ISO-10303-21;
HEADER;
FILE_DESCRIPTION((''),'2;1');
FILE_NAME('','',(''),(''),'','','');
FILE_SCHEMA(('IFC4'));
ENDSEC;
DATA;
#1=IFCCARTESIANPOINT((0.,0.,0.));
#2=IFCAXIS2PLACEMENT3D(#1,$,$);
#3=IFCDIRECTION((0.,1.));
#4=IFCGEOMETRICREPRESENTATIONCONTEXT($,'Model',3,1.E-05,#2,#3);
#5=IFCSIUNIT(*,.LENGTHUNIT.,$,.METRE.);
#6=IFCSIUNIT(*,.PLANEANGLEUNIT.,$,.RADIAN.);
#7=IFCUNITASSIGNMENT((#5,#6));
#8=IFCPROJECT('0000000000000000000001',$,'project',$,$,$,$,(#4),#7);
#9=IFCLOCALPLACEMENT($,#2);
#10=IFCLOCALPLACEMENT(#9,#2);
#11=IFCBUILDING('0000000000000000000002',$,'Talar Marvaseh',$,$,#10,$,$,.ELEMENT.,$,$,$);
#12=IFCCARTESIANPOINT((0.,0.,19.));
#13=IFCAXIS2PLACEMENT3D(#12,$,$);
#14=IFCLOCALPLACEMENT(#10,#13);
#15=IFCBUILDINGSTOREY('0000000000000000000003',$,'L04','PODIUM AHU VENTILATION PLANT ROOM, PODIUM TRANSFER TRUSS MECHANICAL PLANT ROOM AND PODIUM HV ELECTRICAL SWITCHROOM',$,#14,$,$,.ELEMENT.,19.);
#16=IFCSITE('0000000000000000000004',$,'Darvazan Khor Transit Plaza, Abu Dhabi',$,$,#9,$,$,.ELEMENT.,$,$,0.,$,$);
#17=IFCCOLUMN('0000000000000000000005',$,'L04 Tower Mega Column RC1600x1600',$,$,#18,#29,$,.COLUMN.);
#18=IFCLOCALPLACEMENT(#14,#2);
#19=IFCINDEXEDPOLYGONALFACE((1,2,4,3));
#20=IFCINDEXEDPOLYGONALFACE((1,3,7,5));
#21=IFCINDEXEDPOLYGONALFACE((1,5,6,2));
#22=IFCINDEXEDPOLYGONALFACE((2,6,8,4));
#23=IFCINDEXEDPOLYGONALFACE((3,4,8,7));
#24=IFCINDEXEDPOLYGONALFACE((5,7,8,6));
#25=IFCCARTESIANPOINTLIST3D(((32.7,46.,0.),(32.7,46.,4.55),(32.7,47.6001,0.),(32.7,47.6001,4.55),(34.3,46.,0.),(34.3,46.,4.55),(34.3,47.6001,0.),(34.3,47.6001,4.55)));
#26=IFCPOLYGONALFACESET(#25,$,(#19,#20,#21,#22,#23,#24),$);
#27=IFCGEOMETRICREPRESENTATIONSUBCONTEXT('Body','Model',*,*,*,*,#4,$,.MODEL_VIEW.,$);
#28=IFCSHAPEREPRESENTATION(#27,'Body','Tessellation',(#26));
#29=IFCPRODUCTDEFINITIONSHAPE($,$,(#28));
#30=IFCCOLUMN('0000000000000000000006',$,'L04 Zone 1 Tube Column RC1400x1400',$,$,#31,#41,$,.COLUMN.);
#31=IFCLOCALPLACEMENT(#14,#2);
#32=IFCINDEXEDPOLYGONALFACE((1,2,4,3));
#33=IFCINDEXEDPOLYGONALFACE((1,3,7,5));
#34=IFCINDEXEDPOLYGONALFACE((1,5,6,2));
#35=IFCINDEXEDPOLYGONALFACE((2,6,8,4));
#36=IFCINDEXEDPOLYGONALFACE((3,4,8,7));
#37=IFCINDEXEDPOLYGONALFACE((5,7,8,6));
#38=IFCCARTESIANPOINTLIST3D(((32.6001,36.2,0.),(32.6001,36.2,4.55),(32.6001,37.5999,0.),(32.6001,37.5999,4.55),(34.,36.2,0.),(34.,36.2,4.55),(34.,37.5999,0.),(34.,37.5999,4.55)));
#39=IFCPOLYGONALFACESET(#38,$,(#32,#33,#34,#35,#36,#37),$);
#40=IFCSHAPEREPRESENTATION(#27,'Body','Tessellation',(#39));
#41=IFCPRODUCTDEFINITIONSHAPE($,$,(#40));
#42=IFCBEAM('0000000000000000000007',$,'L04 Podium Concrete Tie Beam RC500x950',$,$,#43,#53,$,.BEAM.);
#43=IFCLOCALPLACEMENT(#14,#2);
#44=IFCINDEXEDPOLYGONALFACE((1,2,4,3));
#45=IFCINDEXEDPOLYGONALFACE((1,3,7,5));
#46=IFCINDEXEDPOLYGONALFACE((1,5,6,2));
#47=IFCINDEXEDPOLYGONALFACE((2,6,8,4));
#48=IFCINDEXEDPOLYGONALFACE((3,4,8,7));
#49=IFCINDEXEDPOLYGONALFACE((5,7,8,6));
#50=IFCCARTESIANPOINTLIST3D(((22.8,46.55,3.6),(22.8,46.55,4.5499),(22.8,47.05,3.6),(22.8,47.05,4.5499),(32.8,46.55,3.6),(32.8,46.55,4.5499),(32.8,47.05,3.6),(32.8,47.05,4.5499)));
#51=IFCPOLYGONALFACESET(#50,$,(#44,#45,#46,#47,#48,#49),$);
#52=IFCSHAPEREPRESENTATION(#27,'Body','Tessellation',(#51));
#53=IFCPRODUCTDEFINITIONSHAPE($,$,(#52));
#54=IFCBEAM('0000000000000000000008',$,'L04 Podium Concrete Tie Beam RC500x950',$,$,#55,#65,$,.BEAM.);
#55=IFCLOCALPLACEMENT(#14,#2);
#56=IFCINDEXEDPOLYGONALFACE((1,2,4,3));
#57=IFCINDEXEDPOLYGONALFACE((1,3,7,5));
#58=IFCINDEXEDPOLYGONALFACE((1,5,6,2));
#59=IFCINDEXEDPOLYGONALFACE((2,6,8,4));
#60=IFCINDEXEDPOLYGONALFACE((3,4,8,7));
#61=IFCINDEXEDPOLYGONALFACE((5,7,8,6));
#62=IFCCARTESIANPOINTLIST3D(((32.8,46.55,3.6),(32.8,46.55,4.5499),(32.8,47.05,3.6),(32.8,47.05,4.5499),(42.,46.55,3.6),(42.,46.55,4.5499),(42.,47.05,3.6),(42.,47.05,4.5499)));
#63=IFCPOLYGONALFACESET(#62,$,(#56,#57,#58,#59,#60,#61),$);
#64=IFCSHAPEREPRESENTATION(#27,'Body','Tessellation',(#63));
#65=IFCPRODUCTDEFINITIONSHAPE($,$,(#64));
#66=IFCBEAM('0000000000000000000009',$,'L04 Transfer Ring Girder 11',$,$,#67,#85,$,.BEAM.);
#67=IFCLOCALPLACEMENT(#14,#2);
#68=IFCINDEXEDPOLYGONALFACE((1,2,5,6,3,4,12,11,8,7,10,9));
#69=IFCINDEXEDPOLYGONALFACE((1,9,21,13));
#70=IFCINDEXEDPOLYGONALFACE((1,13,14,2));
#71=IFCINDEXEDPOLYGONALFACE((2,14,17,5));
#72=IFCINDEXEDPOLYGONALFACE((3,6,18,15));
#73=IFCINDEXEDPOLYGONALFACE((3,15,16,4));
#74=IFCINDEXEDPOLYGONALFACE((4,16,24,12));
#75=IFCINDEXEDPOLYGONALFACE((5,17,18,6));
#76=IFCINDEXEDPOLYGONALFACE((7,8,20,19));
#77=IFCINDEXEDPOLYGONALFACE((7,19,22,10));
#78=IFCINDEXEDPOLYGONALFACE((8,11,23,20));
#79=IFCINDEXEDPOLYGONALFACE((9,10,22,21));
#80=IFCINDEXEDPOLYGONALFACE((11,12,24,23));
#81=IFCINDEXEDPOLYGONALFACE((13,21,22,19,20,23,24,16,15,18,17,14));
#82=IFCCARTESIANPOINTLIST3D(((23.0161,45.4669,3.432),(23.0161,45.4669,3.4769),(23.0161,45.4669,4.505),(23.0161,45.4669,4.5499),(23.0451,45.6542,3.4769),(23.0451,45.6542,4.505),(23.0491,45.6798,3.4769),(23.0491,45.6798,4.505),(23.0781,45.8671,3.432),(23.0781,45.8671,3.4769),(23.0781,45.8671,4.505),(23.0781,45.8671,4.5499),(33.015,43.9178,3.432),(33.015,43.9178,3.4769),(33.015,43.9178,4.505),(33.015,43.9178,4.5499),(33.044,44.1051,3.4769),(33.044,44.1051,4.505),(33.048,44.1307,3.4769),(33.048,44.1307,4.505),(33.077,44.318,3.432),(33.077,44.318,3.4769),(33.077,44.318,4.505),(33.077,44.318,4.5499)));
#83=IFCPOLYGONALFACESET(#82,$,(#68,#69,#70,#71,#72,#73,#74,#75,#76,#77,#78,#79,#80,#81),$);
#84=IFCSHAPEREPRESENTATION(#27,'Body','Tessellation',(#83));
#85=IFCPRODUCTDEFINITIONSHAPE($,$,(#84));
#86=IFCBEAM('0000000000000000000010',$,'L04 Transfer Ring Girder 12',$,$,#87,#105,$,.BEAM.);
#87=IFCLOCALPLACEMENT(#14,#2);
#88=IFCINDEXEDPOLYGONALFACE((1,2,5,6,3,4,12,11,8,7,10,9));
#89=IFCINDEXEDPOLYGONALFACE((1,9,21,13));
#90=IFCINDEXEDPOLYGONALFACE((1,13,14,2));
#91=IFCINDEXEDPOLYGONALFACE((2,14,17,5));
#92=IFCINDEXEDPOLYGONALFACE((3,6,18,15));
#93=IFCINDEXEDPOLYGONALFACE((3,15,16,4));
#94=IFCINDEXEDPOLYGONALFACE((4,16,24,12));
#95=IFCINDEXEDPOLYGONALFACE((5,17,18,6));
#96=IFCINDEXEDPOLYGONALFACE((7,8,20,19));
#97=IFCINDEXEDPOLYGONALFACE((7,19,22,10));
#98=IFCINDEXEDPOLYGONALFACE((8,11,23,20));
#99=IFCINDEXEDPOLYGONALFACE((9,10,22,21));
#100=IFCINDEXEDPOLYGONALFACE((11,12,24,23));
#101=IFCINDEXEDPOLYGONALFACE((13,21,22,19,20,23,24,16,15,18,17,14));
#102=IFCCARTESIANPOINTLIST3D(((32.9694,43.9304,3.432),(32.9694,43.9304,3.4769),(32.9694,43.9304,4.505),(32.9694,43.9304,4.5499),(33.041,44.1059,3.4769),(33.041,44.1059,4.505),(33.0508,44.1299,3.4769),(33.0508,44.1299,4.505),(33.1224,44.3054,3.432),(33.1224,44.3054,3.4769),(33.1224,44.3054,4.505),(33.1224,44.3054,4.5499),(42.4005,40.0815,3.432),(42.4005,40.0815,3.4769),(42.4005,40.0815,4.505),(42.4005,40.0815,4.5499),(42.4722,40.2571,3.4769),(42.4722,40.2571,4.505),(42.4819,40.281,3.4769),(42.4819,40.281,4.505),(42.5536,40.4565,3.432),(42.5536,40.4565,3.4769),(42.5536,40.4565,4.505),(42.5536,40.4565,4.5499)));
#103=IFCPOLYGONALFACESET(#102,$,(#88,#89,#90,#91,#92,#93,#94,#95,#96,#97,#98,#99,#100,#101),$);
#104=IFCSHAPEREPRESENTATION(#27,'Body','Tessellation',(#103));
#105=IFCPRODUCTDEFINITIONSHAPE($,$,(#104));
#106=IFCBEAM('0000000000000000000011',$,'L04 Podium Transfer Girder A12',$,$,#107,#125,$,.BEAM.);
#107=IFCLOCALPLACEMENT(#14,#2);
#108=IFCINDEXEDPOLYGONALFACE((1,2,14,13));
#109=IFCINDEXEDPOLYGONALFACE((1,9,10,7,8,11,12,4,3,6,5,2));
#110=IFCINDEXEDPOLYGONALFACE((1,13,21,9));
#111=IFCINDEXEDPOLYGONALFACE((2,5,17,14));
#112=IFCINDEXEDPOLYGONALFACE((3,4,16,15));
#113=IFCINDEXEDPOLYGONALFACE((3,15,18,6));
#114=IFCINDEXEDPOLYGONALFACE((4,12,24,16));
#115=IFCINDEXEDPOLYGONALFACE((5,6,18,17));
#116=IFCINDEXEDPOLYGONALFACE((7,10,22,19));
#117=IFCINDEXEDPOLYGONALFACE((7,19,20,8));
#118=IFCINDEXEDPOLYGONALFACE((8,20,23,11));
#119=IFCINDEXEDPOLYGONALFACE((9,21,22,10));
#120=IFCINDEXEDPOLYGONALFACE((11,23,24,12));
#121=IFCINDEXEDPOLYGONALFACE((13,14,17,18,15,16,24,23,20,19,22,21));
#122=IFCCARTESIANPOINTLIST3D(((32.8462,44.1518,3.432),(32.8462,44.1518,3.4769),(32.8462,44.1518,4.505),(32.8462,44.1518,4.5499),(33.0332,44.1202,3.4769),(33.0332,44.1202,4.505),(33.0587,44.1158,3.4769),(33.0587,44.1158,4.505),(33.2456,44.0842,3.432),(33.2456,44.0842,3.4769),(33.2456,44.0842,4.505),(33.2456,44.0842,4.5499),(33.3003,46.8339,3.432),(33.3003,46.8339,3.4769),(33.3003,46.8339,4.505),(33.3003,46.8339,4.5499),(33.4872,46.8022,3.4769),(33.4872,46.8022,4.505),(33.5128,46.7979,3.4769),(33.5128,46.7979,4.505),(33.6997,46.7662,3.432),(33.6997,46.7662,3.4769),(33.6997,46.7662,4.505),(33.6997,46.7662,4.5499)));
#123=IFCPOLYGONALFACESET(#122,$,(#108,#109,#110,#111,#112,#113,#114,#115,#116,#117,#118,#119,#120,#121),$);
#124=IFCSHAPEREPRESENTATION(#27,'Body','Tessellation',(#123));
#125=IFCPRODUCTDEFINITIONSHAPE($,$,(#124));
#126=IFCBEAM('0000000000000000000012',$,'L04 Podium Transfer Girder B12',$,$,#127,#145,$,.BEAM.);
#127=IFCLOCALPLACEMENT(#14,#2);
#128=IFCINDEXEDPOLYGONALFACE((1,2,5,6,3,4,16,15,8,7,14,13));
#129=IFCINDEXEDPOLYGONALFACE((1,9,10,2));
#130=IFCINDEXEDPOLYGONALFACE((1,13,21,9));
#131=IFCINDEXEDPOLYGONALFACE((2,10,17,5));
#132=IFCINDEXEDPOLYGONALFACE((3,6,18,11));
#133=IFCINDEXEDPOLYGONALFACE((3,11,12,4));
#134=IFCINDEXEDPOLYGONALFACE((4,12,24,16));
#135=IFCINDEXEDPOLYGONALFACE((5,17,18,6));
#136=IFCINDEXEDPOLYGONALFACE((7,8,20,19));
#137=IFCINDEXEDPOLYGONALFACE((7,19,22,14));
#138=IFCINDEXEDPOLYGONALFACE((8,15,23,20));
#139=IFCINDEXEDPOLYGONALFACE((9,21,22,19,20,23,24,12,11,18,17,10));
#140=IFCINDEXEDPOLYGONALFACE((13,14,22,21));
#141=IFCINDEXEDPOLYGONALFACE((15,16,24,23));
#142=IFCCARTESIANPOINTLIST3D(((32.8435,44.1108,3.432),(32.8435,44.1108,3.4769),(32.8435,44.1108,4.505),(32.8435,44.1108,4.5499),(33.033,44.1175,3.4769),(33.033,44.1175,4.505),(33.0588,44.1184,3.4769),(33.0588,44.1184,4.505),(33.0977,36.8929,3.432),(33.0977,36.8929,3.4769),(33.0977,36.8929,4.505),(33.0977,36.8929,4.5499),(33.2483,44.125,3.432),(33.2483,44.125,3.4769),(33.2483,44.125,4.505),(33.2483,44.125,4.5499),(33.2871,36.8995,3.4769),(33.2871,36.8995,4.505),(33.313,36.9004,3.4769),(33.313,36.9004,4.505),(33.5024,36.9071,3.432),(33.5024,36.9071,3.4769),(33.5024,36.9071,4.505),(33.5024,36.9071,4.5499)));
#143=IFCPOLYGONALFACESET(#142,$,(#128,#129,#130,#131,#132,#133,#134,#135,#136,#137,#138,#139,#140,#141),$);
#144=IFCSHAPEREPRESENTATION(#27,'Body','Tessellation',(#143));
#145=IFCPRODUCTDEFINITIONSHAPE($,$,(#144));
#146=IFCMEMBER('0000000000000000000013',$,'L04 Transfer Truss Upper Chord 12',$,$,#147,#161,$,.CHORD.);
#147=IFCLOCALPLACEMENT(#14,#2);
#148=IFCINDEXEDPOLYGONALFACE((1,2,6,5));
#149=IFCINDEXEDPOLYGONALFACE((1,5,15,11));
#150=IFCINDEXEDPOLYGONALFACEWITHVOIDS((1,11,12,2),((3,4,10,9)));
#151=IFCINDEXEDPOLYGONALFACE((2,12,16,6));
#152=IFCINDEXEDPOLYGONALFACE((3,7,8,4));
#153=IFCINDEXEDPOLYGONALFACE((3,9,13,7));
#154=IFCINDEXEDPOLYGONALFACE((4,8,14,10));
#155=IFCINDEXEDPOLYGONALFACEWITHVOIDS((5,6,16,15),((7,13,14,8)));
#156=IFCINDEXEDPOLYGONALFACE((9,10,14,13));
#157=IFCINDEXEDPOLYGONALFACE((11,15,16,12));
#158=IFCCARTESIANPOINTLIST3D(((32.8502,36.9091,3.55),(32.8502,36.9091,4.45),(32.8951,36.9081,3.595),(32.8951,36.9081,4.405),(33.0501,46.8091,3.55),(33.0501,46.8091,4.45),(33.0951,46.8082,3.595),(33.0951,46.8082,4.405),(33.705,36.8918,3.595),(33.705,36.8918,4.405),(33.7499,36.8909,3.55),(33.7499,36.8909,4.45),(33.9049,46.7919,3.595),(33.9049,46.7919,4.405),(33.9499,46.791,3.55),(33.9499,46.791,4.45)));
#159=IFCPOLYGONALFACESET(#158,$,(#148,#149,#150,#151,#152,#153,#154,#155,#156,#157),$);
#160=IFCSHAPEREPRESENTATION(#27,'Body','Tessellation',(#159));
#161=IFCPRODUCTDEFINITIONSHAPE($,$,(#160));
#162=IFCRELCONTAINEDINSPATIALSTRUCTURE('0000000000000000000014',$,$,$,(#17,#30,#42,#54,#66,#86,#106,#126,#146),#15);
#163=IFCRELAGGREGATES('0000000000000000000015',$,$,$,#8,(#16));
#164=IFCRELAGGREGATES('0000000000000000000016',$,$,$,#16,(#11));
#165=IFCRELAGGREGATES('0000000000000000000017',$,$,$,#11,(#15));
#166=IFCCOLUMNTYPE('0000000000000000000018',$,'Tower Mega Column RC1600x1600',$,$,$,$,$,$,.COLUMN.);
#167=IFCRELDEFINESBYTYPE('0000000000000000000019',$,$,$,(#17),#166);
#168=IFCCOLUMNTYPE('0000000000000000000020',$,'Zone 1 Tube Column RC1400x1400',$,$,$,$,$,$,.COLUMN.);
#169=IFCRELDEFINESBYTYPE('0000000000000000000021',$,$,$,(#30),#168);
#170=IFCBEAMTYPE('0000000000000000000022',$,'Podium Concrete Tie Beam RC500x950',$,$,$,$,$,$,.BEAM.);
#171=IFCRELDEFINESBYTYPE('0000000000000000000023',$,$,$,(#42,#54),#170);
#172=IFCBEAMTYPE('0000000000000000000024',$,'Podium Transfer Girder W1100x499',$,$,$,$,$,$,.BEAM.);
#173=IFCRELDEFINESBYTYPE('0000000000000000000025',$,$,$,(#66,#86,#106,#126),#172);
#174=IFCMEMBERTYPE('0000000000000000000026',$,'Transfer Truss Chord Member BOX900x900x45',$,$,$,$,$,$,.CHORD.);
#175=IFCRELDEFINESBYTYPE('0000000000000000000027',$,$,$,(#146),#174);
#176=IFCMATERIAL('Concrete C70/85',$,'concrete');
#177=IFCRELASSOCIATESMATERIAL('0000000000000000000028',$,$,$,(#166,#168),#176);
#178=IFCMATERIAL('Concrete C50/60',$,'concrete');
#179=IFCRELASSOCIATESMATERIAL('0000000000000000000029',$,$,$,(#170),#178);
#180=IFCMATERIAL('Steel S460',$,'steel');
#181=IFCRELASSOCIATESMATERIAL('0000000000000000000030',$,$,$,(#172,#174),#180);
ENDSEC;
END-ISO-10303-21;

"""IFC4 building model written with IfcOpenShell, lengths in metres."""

from ifc_helpers import new_model, si_unit, direction, frame, origin, origin_2d, place, context, subcontext, project, spatial, rectangle, hollow_rectangle, i_section, extrude, source, transform, mapped, material, material_profile, profile_set, type_object, type_shapes, element, save


model = new_model("IFC4")

# Units and contexts
model_context = context("Model", 3, precision=1e-05, world=origin(), true_north=direction((0.0, 1.0)))
body_context = subcontext(model_context, "Body", "Model", "MODEL_VIEW")
ifc_project = project(units=[si_unit("LENGTHUNIT", "METRE"), si_unit("PLANEANGLEUNIT", "RADIAN")], contexts=[model_context])

# Site, building, storey
site_placement = place(None, origin())
site = spatial("IfcSite", under=ifc_project, at=site_placement, Name="Darvazan Khor Transit Plaza, Abu Dhabi", CompositionType="ELEMENT", RefElevation=0.0)
building_placement = place(site_placement, origin())
building = spatial("IfcBuilding", under=site, at=building_placement, Name="Talar Marvaseh", CompositionType="ELEMENT")
storey_placement = place(building_placement, frame((0.0, 0.0, 19.0)))
storey = spatial("IfcBuildingStorey", under=building, at=storey_placement, Name="L04", Description="PODIUM AHU VENTILATION PLANT ROOM, PODIUM TRANSFER TRUSS MECHANICAL PLANT ROOM AND PODIUM HV ELECTRICAL SWITCHROOM", CompositionType="ELEMENT", Elevation=19.0)

# Columns
ifc_material_1 = material(Name="Concrete C70/85", Category="concrete")
ifc_material_profile_1 = material_profile(ifc_material_1, rectangle(XDim=1.6001, YDim=1.6001, at=origin_2d()), Name="RC1600x1600")
ifc_profile_set_1 = profile_set([ifc_material_profile_1], Name="Concrete C70/85")
column_type_1 = type_object("IfcColumnType", Name="Tower Mega Column RC1600x1600", PredefinedType="COLUMN", material=ifc_profile_set_1)
column_1_placement = place(storey_placement, frame((33.5, 46.8, 0.0), z_axis=(0.0, 0.0, 1.0), x_axis=(1.0, 0.0, 0.0)))
element("IfcColumn", 1, at=column_1_placement, inside=storey, type_object=column_type_1, Name="L04 Tower Mega Column RC1600x1600", PredefinedType="COLUMN", context=body_context, shape_type="SweptSolid", body=[
    extrude(rectangle(XDim=1.6001, YDim=1.6001, at=origin_2d()), origin(), (0.0, 0.0, 1.0), 4.55),
])
ifc_material_profile_2 = material_profile(ifc_material_1, rectangle(XDim=1.3999, YDim=1.3999, at=origin_2d()), Name="RC1400x1400")
ifc_profile_set_2 = profile_set([ifc_material_profile_2], Name="Concrete C70/85")
column_type_2 = type_object("IfcColumnType", Name="Zone 1 Tube Column RC1400x1400", PredefinedType="COLUMN", material=ifc_profile_set_2)
column_2_placement = place(storey_placement, frame((33.3, 36.8999, 0.0), z_axis=(0.0, 0.0, 1.0), x_axis=(1.0, 0.0, 0.0)))
element("IfcColumn", 2, at=column_2_placement, inside=storey, type_object=column_type_2, Name="L04 Zone 1 Tube Column RC1400x1400", PredefinedType="COLUMN", context=body_context, shape_type="SweptSolid", body=[
    extrude(rectangle(XDim=1.3999, YDim=1.3999, at=origin_2d()), origin(), (0.0, 0.0, 1.0), 4.55),
])

# Beams
ifc_material_2 = material(Name="Concrete C50/60", Category="concrete")
ifc_material_profile_3 = material_profile(ifc_material_2, rectangle(XDim=0.5, YDim=0.95, at=origin_2d()), Name="RC500x950")
ifc_profile_set_3 = profile_set([ifc_material_profile_3], Name="Concrete C50/60")
beam_type_1 = type_object("IfcBeamType", Name="Podium Concrete Tie Beam RC500x950", PredefinedType="BEAM", material=ifc_profile_set_3)
beam_1_placement = place(storey_placement, frame((22.8, 46.8, 4.075), z_axis=(1.0, 0.0, 0.0), x_axis=(0.0, 1.0, 0.0)))
element("IfcBeam", 3, at=beam_1_placement, inside=storey, type_object=beam_type_1, Name="L04 Podium Concrete Tie Beam RC500x950", PredefinedType="BEAM", context=body_context, shape_type="SweptSolid", body=[
    extrude(rectangle(XDim=0.5, YDim=0.95, at=origin_2d()), origin(), (0.0, 0.0, 1.0), 10.0),
])
beam_2_placement = place(storey_placement, frame((32.8, 46.8, 4.075), z_axis=(1.0, 0.0, 0.0), x_axis=(0.0, 1.0, 0.0)))
element("IfcBeam", 4, at=beam_2_placement, inside=storey, type_object=beam_type_1, Name="L04 Podium Concrete Tie Beam RC500x950", PredefinedType="BEAM", context=body_context, shape_type="SweptSolid", body=[
    extrude(rectangle(XDim=0.5, YDim=0.95, at=origin_2d()), origin(), (0.0, 0.0, 1.0), 9.2),
])
ifc_material_3 = material(Name="Steel S460", Category="steel")
ifc_material_profile_4 = material_profile(ifc_material_3, i_section(OverallWidth=0.405, OverallDepth=1.1179, WebThickness=0.0259, FlangeThickness=0.0449, at=origin_2d()), Name="W1100x499")
ifc_profile_set_4 = profile_set([ifc_material_profile_4], Name="Steel S460")
beam_type_2 = type_object("IfcBeamType", Name="Podium Transfer Girder W1100x499", PredefinedType="BEAM", material=ifc_profile_set_4)
beam_3_placement = place(storey_placement, frame((23.0471, 45.667, 3.991), z_axis=(0.988211, -0.1531, 0.0), x_axis=(0.1531, 0.988211, 0.0)))
element("IfcBeam", 5, at=beam_3_placement, inside=storey, type_object=beam_type_2, Name="L04 Transfer Ring Girder 11", PredefinedType="BEAM", context=body_context, shape_type="SweptSolid", body=[
    extrude(i_section(OverallWidth=0.405, OverallDepth=1.1179, WebThickness=0.0259, FlangeThickness=0.0449, at=origin_2d()), origin(), (0.0, 0.0, 1.0), 10.1182),
])
beam_4_placement = place(storey_placement, frame((33.0459, 44.1179, 3.991), z_axis=(0.925867, -0.377849, 0.0), x_axis=(0.377849, 0.925867, 0.0)))
element("IfcBeam", 6, at=beam_4_placement, inside=storey, type_object=beam_type_2, Name="L04 Transfer Ring Girder 12", PredefinedType="BEAM", context=body_context, shape_type="SweptSolid", body=[
    extrude(i_section(OverallWidth=0.405, OverallDepth=1.1179, WebThickness=0.0259, FlangeThickness=0.0449, at=origin_2d()), origin(), (0.0, 0.0, 1.0), 10.1863),
])
beam_5_placement = place(storey_placement, frame((33.5, 46.8, 3.991), z_axis=(-0.166931, -0.985969, 0.0), x_axis=(0.985969, -0.166931, 0.0)))
element("IfcBeam", 7, at=beam_5_placement, inside=storey, type_object=beam_type_2, Name="L04 Podium Transfer Girder A12", PredefinedType="BEAM", context=body_context, shape_type="SweptSolid", body=[
    extrude(i_section(OverallWidth=0.405, OverallDepth=1.1179, WebThickness=0.0259, FlangeThickness=0.0449, at=origin_2d()), origin(), (0.0, 0.0, 1.0), 2.7202),
])
beam_6_placement = place(storey_placement, frame((33.0459, 44.1179, 3.991), z_axis=(0.035189, -0.999381, 0.0), x_axis=(0.999381, 0.035189, 0.0)))
element("IfcBeam", 8, at=beam_6_placement, inside=storey, type_object=beam_type_2, Name="L04 Podium Transfer Girder B12", PredefinedType="BEAM", context=body_context, shape_type="SweptSolid", body=[
    extrude(i_section(OverallWidth=0.405, OverallDepth=1.1179, WebThickness=0.0259, FlangeThickness=0.0449, at=origin_2d()), origin(), (0.0, 0.0, 1.0), 7.2224),
])

# Member
ifc_material_profile_5 = material_profile(ifc_material_3, hollow_rectangle(XDim=0.8999, YDim=0.8999, WallThickness=0.0449, at=origin_2d()), Name="BOX900x900x45")
ifc_profile_set_5 = profile_set([ifc_material_profile_5], Name="Steel S460")
member_type_1 = type_object("IfcMemberType", Name="Transfer Truss Chord Member BOX900x900x45", PredefinedType="CHORD", material=ifc_profile_set_5)
shared_shape_1 = source(origin(), body_context, "Body", "SweptSolid", [
    extrude(hollow_rectangle(XDim=0.8999, YDim=0.8999, WallThickness=0.0449, at=origin_2d()), origin(), (0.0, 0.0, 1.0), 9.9021),
])
type_shapes(member_type_1, [shared_shape_1])
member_1_placement = place(storey_placement, frame((33.5, 46.8, 4.0), z_axis=(-0.020193, -0.999796, 0.0), x_axis=(0.999796, -0.020193, 0.0)))
element("IfcMember", 9, at=member_1_placement, inside=storey, type_object=member_type_1, Name="L04 Transfer Truss Upper Chord 12", PredefinedType="CHORD", context=body_context, shape_type="MappedRepresentation", body=[
    mapped(shared_shape_1, transform((0.0, 0.0, 0.0), x_axis=(1.0, 0.0, 0.0), y_axis=(0.0, 1.0, 0.0), z_axis=(0.0, 0.0, 1.0), scale=1.0)),
])

save(model, "model.ifc")
